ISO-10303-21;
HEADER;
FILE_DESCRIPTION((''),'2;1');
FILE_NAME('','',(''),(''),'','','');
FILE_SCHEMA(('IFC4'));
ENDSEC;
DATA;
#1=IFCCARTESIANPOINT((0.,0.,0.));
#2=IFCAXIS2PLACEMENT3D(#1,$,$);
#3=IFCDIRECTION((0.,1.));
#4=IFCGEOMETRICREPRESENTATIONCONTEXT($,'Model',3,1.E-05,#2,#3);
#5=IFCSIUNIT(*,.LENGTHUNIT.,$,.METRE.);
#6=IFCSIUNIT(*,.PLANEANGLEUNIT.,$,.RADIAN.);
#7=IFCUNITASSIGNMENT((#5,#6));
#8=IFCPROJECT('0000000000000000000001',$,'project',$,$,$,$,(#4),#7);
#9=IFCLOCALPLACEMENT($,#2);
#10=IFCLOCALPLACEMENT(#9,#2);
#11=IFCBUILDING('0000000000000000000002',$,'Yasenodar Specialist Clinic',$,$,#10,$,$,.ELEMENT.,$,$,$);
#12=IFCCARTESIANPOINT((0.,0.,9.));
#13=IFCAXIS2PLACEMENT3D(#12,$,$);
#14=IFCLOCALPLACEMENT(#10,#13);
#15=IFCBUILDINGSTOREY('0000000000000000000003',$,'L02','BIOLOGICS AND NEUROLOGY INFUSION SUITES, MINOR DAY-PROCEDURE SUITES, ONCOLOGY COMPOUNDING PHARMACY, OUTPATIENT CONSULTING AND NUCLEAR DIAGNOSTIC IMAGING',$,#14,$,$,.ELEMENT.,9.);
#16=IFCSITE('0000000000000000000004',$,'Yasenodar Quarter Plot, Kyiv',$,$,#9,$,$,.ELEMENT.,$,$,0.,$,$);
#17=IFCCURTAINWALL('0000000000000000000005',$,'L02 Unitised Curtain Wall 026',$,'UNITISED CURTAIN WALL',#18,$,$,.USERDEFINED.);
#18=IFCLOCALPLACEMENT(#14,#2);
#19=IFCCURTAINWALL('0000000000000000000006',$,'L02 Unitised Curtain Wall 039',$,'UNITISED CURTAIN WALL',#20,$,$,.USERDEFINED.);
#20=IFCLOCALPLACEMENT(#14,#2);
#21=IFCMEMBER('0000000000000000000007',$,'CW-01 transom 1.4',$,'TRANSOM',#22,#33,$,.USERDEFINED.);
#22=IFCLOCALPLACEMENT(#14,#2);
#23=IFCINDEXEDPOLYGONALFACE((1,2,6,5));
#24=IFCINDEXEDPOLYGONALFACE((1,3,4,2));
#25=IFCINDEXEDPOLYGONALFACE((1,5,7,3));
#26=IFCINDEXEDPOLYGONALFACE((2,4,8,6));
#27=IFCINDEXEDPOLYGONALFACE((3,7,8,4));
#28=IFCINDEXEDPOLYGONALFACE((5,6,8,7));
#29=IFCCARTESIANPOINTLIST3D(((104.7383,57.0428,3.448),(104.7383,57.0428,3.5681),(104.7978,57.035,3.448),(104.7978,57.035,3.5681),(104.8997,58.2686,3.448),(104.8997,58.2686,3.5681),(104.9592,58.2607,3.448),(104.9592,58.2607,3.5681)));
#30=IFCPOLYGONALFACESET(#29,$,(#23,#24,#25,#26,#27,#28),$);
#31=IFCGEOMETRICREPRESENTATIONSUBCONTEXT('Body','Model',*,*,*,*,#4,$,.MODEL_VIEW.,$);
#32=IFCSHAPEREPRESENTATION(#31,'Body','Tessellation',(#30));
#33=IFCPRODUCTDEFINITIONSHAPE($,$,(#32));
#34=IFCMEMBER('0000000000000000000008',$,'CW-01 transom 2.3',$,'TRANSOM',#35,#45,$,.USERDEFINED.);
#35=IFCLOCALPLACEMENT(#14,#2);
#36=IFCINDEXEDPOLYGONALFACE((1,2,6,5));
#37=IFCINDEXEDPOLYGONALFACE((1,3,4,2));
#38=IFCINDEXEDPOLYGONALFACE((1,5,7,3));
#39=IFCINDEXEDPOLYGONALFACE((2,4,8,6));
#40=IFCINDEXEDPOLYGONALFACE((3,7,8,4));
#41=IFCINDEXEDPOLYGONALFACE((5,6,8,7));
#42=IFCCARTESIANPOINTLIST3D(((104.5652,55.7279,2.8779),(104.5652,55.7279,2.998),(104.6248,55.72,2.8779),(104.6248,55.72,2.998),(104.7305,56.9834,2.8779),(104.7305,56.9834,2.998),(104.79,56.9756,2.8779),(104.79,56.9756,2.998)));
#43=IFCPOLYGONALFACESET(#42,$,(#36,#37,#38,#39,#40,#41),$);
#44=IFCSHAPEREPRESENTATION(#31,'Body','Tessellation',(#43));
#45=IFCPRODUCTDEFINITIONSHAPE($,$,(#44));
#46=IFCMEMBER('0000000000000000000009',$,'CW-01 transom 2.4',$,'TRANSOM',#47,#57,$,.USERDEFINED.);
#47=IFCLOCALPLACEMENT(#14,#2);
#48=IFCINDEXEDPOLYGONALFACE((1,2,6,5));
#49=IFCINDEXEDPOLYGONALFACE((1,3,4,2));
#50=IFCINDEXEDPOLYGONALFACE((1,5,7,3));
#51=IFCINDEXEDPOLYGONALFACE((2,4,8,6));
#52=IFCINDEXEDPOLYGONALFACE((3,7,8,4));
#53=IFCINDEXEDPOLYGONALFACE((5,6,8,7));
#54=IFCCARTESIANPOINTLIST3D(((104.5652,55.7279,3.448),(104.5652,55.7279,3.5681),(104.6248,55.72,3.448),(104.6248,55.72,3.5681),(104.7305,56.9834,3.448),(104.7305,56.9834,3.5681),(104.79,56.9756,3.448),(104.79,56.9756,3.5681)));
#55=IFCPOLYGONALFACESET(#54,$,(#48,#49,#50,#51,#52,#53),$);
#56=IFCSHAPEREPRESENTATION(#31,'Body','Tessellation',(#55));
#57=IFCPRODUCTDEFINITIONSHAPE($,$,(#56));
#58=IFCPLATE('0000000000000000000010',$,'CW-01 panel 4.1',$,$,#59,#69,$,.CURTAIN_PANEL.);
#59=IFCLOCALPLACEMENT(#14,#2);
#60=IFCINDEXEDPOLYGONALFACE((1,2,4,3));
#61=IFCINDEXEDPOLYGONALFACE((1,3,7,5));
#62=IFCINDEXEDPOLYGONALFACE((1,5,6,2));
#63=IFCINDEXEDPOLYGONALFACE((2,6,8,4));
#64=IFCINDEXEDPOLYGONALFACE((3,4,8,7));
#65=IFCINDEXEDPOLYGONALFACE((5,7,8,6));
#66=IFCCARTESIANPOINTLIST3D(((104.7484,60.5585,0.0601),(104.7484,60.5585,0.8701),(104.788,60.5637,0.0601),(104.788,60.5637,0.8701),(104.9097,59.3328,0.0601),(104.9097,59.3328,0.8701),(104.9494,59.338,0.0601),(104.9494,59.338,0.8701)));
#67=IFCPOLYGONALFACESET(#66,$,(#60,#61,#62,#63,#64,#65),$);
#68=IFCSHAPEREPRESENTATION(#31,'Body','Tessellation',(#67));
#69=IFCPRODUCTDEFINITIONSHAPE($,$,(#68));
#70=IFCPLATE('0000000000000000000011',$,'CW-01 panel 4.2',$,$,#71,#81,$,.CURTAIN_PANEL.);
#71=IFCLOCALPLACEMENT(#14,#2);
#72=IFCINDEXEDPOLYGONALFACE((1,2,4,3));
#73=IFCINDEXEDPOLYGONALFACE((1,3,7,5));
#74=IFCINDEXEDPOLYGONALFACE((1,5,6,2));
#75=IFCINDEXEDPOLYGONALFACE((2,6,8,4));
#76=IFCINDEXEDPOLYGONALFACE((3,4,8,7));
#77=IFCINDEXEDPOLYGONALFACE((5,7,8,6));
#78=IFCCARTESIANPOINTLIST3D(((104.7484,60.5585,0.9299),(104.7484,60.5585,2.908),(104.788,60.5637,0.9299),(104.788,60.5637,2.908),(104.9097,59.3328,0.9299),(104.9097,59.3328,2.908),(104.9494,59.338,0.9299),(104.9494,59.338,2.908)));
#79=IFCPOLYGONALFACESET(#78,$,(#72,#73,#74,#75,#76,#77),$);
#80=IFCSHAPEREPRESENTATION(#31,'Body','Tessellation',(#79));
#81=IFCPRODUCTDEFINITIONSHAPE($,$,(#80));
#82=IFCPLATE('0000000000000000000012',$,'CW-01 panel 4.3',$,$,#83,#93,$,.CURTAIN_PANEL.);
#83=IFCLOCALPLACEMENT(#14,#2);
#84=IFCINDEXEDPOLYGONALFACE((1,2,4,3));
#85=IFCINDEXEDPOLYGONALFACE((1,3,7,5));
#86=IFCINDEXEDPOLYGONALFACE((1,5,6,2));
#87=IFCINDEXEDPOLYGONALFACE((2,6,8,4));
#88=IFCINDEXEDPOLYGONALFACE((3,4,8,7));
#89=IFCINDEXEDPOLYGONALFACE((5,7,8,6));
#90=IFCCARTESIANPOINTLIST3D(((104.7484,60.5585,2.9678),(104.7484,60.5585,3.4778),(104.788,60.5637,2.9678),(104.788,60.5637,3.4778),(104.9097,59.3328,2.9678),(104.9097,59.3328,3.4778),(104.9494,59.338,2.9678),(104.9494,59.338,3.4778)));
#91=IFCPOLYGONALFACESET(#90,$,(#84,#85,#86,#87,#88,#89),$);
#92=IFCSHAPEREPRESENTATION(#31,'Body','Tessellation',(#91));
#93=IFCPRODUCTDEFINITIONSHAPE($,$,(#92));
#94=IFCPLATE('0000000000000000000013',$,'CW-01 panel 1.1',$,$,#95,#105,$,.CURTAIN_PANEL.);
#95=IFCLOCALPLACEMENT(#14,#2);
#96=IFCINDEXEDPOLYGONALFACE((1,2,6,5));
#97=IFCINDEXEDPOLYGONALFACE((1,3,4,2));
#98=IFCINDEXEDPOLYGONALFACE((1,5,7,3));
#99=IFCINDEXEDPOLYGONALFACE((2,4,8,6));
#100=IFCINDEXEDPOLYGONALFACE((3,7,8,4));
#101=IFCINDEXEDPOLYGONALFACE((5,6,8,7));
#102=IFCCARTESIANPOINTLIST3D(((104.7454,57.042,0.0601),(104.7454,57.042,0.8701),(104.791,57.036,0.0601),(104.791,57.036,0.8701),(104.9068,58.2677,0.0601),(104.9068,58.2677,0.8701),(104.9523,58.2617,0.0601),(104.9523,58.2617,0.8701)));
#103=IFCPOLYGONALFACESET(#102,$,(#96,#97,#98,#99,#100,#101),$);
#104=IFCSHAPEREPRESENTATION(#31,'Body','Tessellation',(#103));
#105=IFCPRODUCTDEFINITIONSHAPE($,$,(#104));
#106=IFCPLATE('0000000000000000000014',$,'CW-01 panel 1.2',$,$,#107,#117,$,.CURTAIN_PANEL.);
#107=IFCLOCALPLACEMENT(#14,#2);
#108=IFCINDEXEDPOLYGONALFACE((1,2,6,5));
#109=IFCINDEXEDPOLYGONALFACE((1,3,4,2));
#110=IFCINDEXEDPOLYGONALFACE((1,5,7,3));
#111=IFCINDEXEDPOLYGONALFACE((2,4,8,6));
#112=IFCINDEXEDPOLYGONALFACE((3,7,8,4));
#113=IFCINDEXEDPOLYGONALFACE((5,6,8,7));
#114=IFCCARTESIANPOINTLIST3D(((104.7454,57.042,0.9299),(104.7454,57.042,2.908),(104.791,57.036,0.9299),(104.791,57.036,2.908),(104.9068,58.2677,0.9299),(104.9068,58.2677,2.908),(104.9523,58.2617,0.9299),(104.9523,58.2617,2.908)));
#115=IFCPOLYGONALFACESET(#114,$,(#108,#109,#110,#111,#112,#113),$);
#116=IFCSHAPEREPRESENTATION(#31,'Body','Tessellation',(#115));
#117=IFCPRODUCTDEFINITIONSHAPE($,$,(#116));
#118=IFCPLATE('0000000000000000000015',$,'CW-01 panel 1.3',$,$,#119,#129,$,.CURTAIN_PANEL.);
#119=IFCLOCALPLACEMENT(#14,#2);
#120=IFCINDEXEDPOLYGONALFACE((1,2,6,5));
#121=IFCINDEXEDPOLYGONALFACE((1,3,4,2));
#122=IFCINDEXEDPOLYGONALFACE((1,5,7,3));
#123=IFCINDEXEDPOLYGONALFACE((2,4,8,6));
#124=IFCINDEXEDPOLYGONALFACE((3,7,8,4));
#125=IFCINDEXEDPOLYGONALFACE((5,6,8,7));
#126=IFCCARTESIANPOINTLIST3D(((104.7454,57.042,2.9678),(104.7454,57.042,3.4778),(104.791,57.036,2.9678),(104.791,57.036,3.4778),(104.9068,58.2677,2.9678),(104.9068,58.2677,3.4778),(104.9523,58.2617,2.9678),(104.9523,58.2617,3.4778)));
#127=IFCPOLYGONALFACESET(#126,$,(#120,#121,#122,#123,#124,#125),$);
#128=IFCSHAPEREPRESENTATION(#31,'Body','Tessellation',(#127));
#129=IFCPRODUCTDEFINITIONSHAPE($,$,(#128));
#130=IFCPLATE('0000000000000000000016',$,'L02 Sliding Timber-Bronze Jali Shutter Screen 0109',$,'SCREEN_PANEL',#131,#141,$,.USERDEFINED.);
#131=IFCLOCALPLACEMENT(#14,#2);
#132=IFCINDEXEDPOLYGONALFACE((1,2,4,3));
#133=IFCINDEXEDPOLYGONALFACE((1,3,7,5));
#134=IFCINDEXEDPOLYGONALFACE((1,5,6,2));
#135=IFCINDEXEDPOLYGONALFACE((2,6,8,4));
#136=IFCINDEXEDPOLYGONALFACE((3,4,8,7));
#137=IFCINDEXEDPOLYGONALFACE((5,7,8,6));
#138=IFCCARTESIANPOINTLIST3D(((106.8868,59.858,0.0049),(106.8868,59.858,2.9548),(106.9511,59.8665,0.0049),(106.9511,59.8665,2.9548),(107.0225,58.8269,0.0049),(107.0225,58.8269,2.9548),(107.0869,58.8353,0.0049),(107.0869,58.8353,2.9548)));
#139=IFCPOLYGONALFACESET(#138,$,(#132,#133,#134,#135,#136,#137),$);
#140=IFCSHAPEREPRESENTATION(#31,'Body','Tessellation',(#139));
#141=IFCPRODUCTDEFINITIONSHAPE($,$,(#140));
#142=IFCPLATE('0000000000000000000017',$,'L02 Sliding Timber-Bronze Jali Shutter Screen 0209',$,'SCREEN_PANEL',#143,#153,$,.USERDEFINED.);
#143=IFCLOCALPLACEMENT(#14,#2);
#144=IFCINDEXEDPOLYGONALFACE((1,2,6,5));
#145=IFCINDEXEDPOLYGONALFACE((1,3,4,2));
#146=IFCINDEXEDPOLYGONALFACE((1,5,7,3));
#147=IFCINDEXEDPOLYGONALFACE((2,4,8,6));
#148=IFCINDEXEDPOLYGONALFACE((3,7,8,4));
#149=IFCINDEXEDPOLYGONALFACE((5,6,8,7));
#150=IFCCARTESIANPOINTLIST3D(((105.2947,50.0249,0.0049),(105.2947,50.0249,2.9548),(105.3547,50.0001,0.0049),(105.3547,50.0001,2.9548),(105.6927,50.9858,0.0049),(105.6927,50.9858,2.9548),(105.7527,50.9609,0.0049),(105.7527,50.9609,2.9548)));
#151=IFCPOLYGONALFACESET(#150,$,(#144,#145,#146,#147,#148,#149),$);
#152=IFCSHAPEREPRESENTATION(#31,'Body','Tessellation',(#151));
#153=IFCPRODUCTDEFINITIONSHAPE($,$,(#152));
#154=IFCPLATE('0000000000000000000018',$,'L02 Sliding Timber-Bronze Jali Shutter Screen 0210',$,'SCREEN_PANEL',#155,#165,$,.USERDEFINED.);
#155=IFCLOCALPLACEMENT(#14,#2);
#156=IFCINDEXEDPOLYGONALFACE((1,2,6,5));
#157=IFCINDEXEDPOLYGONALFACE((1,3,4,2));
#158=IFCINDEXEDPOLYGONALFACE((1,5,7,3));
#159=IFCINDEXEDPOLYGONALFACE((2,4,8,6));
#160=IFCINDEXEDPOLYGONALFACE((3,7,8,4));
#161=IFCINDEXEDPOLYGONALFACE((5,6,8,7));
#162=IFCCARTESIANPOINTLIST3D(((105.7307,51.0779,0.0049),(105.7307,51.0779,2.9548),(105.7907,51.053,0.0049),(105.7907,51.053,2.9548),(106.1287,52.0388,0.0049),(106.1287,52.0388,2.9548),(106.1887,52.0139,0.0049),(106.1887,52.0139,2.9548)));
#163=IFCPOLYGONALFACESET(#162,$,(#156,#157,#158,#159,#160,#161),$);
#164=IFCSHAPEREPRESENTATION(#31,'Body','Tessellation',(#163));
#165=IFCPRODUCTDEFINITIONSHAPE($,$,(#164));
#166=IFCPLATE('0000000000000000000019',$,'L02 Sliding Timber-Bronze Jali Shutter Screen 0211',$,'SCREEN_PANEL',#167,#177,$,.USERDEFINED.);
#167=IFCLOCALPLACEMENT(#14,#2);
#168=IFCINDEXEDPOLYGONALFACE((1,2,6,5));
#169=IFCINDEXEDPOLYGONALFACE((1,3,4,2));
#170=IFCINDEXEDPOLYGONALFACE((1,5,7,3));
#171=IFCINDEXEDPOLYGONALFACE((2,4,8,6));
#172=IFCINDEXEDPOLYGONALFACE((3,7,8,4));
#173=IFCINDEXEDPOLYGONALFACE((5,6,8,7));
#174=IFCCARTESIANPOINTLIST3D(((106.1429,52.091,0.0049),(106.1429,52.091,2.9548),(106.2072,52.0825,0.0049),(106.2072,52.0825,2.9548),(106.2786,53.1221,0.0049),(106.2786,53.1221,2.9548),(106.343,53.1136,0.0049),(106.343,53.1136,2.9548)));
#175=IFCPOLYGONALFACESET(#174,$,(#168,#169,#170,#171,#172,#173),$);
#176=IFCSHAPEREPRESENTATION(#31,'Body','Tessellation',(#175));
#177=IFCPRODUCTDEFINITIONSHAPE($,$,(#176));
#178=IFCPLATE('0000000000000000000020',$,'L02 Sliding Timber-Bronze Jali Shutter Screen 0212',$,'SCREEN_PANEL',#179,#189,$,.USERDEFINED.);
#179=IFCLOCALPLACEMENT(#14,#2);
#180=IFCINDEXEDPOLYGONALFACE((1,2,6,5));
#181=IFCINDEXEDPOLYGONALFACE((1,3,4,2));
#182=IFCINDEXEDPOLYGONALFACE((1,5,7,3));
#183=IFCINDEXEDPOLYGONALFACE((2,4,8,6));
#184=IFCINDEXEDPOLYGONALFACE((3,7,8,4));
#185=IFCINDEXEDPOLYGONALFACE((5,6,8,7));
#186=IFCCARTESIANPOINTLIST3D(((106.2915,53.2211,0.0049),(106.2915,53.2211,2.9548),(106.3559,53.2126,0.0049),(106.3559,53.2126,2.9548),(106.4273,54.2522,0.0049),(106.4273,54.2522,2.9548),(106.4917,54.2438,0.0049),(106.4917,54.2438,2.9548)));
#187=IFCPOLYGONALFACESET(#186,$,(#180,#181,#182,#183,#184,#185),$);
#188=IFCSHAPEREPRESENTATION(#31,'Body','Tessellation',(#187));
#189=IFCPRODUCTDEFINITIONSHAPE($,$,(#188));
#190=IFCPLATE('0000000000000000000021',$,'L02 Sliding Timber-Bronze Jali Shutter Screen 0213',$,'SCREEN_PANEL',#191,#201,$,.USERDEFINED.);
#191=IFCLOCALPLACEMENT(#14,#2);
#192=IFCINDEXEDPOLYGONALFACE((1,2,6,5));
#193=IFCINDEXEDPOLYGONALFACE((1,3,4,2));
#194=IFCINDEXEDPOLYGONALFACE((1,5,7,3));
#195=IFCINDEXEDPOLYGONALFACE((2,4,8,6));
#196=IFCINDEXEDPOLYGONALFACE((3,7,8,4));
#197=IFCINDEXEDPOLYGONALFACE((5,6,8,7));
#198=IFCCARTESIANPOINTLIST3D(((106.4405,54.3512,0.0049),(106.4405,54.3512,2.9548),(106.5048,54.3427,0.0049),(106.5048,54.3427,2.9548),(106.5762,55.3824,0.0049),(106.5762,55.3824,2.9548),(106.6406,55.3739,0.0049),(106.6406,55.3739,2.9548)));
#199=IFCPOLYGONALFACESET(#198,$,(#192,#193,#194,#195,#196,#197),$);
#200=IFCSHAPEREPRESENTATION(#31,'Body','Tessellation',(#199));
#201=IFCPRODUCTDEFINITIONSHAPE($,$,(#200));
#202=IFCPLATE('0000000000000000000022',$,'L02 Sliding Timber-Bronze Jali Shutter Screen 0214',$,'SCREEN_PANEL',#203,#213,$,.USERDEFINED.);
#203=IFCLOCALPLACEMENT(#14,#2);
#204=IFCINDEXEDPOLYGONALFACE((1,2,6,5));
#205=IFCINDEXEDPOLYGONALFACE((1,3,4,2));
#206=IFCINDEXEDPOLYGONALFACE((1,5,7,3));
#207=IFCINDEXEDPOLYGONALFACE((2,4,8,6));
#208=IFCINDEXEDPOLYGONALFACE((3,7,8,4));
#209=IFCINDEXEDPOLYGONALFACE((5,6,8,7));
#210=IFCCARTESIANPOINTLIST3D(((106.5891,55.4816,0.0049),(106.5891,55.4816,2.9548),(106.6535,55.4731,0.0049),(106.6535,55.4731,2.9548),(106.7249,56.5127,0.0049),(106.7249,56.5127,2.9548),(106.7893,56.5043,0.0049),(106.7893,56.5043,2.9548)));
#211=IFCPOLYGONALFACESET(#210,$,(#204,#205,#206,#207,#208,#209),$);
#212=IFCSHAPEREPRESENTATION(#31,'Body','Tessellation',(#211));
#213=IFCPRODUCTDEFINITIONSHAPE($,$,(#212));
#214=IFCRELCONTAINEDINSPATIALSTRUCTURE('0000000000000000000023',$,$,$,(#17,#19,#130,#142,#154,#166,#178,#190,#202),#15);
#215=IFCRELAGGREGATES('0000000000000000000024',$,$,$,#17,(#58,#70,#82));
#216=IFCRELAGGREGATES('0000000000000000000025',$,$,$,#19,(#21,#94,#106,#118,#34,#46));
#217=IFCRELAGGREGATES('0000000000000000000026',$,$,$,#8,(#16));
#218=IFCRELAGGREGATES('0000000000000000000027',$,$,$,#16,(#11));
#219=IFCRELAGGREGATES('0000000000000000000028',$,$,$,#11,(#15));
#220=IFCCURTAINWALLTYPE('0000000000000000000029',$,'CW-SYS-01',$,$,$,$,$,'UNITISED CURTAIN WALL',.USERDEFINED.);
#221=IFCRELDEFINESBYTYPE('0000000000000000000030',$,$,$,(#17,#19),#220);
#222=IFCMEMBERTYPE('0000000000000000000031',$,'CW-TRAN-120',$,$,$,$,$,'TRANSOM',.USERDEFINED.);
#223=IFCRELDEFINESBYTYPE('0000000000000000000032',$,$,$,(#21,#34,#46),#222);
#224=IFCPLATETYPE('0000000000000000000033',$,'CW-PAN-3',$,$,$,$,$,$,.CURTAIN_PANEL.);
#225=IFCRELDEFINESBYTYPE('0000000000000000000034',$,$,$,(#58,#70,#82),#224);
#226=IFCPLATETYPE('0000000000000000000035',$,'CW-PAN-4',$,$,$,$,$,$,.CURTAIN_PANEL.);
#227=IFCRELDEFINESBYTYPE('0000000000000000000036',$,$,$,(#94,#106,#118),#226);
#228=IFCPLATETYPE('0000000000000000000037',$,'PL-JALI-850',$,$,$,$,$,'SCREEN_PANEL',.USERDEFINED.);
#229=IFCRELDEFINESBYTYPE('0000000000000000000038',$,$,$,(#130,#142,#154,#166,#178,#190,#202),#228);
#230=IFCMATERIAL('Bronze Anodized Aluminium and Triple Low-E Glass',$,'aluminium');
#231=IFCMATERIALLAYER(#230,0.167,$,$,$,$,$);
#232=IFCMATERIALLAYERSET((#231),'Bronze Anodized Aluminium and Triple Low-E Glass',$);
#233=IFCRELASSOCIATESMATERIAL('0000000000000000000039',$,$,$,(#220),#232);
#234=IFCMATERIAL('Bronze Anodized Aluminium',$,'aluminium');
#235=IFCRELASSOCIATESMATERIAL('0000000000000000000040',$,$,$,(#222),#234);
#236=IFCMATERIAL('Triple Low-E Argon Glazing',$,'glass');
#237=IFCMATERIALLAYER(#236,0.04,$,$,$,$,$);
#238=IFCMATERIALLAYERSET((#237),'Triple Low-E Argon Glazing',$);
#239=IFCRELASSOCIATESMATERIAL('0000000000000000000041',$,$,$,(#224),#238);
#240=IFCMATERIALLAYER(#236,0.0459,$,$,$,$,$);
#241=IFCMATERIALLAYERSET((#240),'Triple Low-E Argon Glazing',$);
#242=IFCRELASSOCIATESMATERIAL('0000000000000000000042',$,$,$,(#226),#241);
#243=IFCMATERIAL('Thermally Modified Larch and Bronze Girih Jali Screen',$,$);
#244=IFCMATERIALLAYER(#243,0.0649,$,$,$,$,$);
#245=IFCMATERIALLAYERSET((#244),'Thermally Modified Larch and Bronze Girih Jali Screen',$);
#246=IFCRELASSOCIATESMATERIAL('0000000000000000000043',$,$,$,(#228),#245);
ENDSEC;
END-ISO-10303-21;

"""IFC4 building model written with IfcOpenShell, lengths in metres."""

from ifc_helpers import new_model, si_unit, direction, frame, origin, origin_2d, place, context, subcontext, project, spatial, rectangle, extrude, material, layer, layer_set, material_profile, profile_set, type_object, element, aggregate, save


model = new_model("IFC4")

# Units and contexts
model_context = context("Model", 3, precision=1e-05, world=origin(), true_north=direction((0.0, 1.0)))
body_context = subcontext(model_context, "Body", "Model", "MODEL_VIEW")
ifc_project = project(units=[si_unit("LENGTHUNIT", "METRE"), si_unit("PLANEANGLEUNIT", "RADIAN")], contexts=[model_context])

# Site, building, storey
site_placement = place(None, origin())
site = spatial("IfcSite", under=ifc_project, at=site_placement, Name="Yasenodar Quarter Plot, Kyiv", CompositionType="ELEMENT", RefElevation=0.0)
building_placement = place(site_placement, origin())
building = spatial("IfcBuilding", under=site, at=building_placement, Name="Yasenodar Specialist Clinic", CompositionType="ELEMENT")
storey_placement = place(building_placement, frame((0.0, 0.0, 9.0)))
storey = spatial("IfcBuildingStorey", under=building, at=storey_placement, Name="L02", Description="BIOLOGICS AND NEUROLOGY INFUSION SUITES, MINOR DAY-PROCEDURE SUITES, ONCOLOGY COMPOUNDING PHARMACY, OUTPATIENT CONSULTING AND NUCLEAR DIAGNOSTIC IMAGING", CompositionType="ELEMENT", Elevation=9.0)

# Curtain wall
ifc_material_1 = material(Name="Bronze Anodized Aluminium and Triple Low-E Glass", Category="aluminium")
ifc_layer_1 = layer(ifc_material_1, 0.167)
ifc_layer_set_1 = layer_set([ifc_layer_1], Name="Bronze Anodized Aluminium and Triple Low-E Glass")
curtain_wall_type = type_object("IfcCurtainWallType", Name="CW-SYS-01", ElementType="UNITISED CURTAIN WALL", PredefinedType="USERDEFINED", material=ifc_layer_set_1)
curtain_wall_1_placement = place(storey_placement, origin())
curtain_wall_1 = element("IfcCurtainWall", 1, at=curtain_wall_1_placement, inside=storey, type_object=curtain_wall_type, Name="L02 Unitised Curtain Wall 026", ObjectType="UNITISED CURTAIN WALL", PredefinedType="USERDEFINED")
ifc_material_2 = material(Name="Bronze Anodized Aluminium", Category="aluminium")

# Curtain wall, members
curtain_wall_2_placement = place(storey_placement, origin())
curtain_wall_2 = element("IfcCurtainWall", 2, at=curtain_wall_2_placement, inside=storey, type_object=curtain_wall_type, Name="L02 Unitised Curtain Wall 039", ObjectType="UNITISED CURTAIN WALL", PredefinedType="USERDEFINED")
ifc_material_profile_1 = material_profile(ifc_material_2, rectangle(XDim=0.0601, YDim=0.1201, at=origin_2d()), Name="CW-TRAN 60x120")
ifc_profile_set_1 = profile_set([ifc_material_profile_1], Name="Bronze Anodized Aluminium")
member_type_1 = type_object("IfcMemberType", Name="CW-TRAN-120", ElementType="TRANSOM", PredefinedType="USERDEFINED", material=ifc_profile_set_1)
member_1_placement = place(storey_placement, frame((104.9294, 58.2646, 3.5081), z_axis=(-0.130521, -0.991446, 0.0), x_axis=(0.991446, -0.130521, 0.0)))
member_1 = element("IfcMember", 3, at=member_1_placement, type_object=member_type_1, Name="CW-01 transom 1.4", ObjectType="TRANSOM", PredefinedType="USERDEFINED", context=body_context, shape_type="SweptSolid", body=[
    extrude(rectangle(XDim=0.0601, YDim=0.1201, at=origin_2d()), origin(), (0.0, 0.0, 1.0), 1.2363),
])
member_2_placement = place(storey_placement, frame((104.7603, 56.9795, 2.938), z_axis=(-0.130509, -0.991447, 0.0), x_axis=(0.991447, -0.130509, 0.0)))
member_2 = element("IfcMember", 4, at=member_2_placement, type_object=member_type_1, Name="CW-01 transom 2.3", ObjectType="TRANSOM", PredefinedType="USERDEFINED", context=body_context, shape_type="SweptSolid", body=[
    extrude(rectangle(XDim=0.0601, YDim=0.1201, at=origin_2d()), origin(), (0.0, 0.0, 1.0), 1.2664),
])
member_3_placement = place(storey_placement, frame((104.7603, 56.9795, 3.5081), z_axis=(-0.130509, -0.991447, 0.0), x_axis=(0.991447, -0.130509, 0.0)))
member_3 = element("IfcMember", 5, at=member_3_placement, type_object=member_type_1, Name="CW-01 transom 2.4", ObjectType="TRANSOM", PredefinedType="USERDEFINED", context=body_context, shape_type="SweptSolid", body=[
    extrude(rectangle(XDim=0.0601, YDim=0.1201, at=origin_2d()), origin(), (0.0, 0.0, 1.0), 1.2664),
])

# Plates
ifc_material_3 = material(Name="Triple Low-E Argon Glazing", Category="glass")
ifc_layer_2 = layer(ifc_material_3, 0.04)
ifc_layer_set_2 = layer_set([ifc_layer_2], Name="Triple Low-E Argon Glazing")
plate_type_1 = type_object("IfcPlateType", Name="CW-PAN-3", PredefinedType="CURTAIN_PANEL", material=ifc_layer_set_2)
plate_1_placement = place(storey_placement, frame((104.8489, 59.9482, 0.0601), z_axis=(0.0, 0.0, 1.0), x_axis=(0.130512, -0.991447, 0.0)))
plate_1 = element("IfcPlate", 6, at=plate_1_placement, type_object=plate_type_1, Name="CW-01 panel 4.1", PredefinedType="CURTAIN_PANEL", context=body_context, shape_type="SweptSolid", body=[
    extrude(rectangle(XDim=1.2363, YDim=0.04, at=origin_2d()), origin(), (0.0, 0.0, 1.0), 0.8101),
])
plate_2_placement = place(storey_placement, frame((104.8489, 59.9482, 0.9299), z_axis=(0.0, 0.0, 1.0), x_axis=(0.130512, -0.991447, 0.0)))
plate_2 = element("IfcPlate", 7, at=plate_2_placement, type_object=plate_type_1, Name="CW-01 panel 4.2", PredefinedType="CURTAIN_PANEL", context=body_context, shape_type="SweptSolid", body=[
    extrude(rectangle(XDim=1.2363, YDim=0.04, at=origin_2d()), origin(), (0.0, 0.0, 1.0), 1.978),
])
plate_3_placement = place(storey_placement, frame((104.8489, 59.9482, 2.9678), z_axis=(0.0, 0.0, 1.0), x_axis=(0.130512, -0.991447, 0.0)))
plate_3 = element("IfcPlate", 8, at=plate_3_placement, type_object=plate_type_1, Name="CW-01 panel 4.3", PredefinedType="CURTAIN_PANEL", context=body_context, shape_type="SweptSolid", body=[
    extrude(rectangle(XDim=1.2363, YDim=0.04, at=origin_2d()), origin(), (0.0, 0.0, 1.0), 0.51),
])
aggregate(curtain_wall_1, [plate_1, plate_2, plate_3])
ifc_layer_3 = layer(ifc_material_3, 0.0459)
ifc_layer_set_3 = layer_set([ifc_layer_3], Name="Triple Low-E Argon Glazing")
plate_type_2 = type_object("IfcPlateType", Name="CW-PAN-4", PredefinedType="CURTAIN_PANEL", material=ifc_layer_set_3)
plate_4_placement = place(storey_placement, frame((104.8489, 57.6519, 0.0601), z_axis=(0.0, 0.0, 1.0), x_axis=(-0.130512, -0.991447, 0.0)))
plate_4 = element("IfcPlate", 9, at=plate_4_placement, type_object=plate_type_2, Name="CW-01 panel 1.1", PredefinedType="CURTAIN_PANEL", context=body_context, shape_type="SweptSolid", body=[
    extrude(rectangle(XDim=1.2363, YDim=0.0459, at=origin_2d()), origin(), (0.0, 0.0, 1.0), 0.8101),
])
plate_5_placement = place(storey_placement, frame((104.8489, 57.6519, 0.9299), z_axis=(0.0, 0.0, 1.0), x_axis=(-0.130512, -0.991447, 0.0)))
plate_5 = element("IfcPlate", 10, at=plate_5_placement, type_object=plate_type_2, Name="CW-01 panel 1.2", PredefinedType="CURTAIN_PANEL", context=body_context, shape_type="SweptSolid", body=[
    extrude(rectangle(XDim=1.2363, YDim=0.0459, at=origin_2d()), origin(), (0.0, 0.0, 1.0), 1.978),
])
plate_6_placement = place(storey_placement, frame((104.8489, 57.6519, 2.9678), z_axis=(0.0, 0.0, 1.0), x_axis=(-0.130512, -0.991447, 0.0)))
plate_6 = element("IfcPlate", 11, at=plate_6_placement, type_object=plate_type_2, Name="CW-01 panel 1.3", PredefinedType="CURTAIN_PANEL", context=body_context, shape_type="SweptSolid", body=[
    extrude(rectangle(XDim=1.2363, YDim=0.0459, at=origin_2d()), origin(), (0.0, 0.0, 1.0), 0.51),
])
aggregate(curtain_wall_2, [member_1, plate_4, plate_5, plate_6, member_2, member_3])

# Plates
ifc_material_4 = material(Name="Thermally Modified Larch and Bronze Girih Jali Screen")
ifc_layer_4 = layer(ifc_material_4, 0.0649)
ifc_layer_set_4 = layer_set([ifc_layer_4], Name="Thermally Modified Larch and Bronze Girih Jali Screen")
plate_type_3 = type_object("IfcPlateType", Name="PL-JALI-850", ElementType="SCREEN_PANEL", PredefinedType="USERDEFINED", material=ifc_layer_set_4)
for number, where, z_axis, x_axis, name in (
    (12, (106.9868, 59.3467, 0.0049), (0.0, 0.0, 1.0), (-0.130519, 0.991446, 0.0), "L02 Sliding Timber-Bronze Jali Shutter Screen 0109"),
    (13, (105.5237, 50.4929, 0.0049), (0.0, 0.0, 1.0), (0.382687, 0.923878, 0.0), "L02 Sliding Timber-Bronze Jali Shutter Screen 0209"),
    (14, (105.9597, 51.5459, 0.0049), (0.0, 0.0, 1.0), (0.382687, 0.923878, 0.0), "L02 Sliding Timber-Bronze Jali Shutter Screen 0210"),
    (15, (106.2429, 52.6023, 0.0049), (0.0, 0.0, 1.0), (0.130519, 0.991446, 0.0), "L02 Sliding Timber-Bronze Jali Shutter Screen 0211"),
    (16, (106.3916, 53.7324, 0.0049), (0.0, 0.0, 1.0), (0.130519, 0.991446, 0.0), "L02 Sliding Timber-Bronze Jali Shutter Screen 0212"),
    (17, (106.5405, 54.8625, 0.0049), (0.0, 0.0, 1.0), (0.130519, 0.991446, 0.0), "L02 Sliding Timber-Bronze Jali Shutter Screen 0213"),
    (18, (106.6892, 55.9929, 0.0049), (0.0, 0.0, 1.0), (0.130519, 0.991446, 0.0), "L02 Sliding Timber-Bronze Jali Shutter Screen 0214"),
):
    element("IfcPlate", number, at=place(storey_placement, frame(where, z_axis=z_axis, x_axis=x_axis)), inside=storey, type_object=plate_type_3, Name=name, ObjectType="SCREEN_PANEL", PredefinedType="USERDEFINED", context=body_context, shape_type="SweptSolid", body=[
        extrude(rectangle(XDim=1.04, YDim=0.0649, at=origin_2d()), origin(), (0.0, 0.0, 1.0), 2.95),
    ])

save(model, "model.ifc")
